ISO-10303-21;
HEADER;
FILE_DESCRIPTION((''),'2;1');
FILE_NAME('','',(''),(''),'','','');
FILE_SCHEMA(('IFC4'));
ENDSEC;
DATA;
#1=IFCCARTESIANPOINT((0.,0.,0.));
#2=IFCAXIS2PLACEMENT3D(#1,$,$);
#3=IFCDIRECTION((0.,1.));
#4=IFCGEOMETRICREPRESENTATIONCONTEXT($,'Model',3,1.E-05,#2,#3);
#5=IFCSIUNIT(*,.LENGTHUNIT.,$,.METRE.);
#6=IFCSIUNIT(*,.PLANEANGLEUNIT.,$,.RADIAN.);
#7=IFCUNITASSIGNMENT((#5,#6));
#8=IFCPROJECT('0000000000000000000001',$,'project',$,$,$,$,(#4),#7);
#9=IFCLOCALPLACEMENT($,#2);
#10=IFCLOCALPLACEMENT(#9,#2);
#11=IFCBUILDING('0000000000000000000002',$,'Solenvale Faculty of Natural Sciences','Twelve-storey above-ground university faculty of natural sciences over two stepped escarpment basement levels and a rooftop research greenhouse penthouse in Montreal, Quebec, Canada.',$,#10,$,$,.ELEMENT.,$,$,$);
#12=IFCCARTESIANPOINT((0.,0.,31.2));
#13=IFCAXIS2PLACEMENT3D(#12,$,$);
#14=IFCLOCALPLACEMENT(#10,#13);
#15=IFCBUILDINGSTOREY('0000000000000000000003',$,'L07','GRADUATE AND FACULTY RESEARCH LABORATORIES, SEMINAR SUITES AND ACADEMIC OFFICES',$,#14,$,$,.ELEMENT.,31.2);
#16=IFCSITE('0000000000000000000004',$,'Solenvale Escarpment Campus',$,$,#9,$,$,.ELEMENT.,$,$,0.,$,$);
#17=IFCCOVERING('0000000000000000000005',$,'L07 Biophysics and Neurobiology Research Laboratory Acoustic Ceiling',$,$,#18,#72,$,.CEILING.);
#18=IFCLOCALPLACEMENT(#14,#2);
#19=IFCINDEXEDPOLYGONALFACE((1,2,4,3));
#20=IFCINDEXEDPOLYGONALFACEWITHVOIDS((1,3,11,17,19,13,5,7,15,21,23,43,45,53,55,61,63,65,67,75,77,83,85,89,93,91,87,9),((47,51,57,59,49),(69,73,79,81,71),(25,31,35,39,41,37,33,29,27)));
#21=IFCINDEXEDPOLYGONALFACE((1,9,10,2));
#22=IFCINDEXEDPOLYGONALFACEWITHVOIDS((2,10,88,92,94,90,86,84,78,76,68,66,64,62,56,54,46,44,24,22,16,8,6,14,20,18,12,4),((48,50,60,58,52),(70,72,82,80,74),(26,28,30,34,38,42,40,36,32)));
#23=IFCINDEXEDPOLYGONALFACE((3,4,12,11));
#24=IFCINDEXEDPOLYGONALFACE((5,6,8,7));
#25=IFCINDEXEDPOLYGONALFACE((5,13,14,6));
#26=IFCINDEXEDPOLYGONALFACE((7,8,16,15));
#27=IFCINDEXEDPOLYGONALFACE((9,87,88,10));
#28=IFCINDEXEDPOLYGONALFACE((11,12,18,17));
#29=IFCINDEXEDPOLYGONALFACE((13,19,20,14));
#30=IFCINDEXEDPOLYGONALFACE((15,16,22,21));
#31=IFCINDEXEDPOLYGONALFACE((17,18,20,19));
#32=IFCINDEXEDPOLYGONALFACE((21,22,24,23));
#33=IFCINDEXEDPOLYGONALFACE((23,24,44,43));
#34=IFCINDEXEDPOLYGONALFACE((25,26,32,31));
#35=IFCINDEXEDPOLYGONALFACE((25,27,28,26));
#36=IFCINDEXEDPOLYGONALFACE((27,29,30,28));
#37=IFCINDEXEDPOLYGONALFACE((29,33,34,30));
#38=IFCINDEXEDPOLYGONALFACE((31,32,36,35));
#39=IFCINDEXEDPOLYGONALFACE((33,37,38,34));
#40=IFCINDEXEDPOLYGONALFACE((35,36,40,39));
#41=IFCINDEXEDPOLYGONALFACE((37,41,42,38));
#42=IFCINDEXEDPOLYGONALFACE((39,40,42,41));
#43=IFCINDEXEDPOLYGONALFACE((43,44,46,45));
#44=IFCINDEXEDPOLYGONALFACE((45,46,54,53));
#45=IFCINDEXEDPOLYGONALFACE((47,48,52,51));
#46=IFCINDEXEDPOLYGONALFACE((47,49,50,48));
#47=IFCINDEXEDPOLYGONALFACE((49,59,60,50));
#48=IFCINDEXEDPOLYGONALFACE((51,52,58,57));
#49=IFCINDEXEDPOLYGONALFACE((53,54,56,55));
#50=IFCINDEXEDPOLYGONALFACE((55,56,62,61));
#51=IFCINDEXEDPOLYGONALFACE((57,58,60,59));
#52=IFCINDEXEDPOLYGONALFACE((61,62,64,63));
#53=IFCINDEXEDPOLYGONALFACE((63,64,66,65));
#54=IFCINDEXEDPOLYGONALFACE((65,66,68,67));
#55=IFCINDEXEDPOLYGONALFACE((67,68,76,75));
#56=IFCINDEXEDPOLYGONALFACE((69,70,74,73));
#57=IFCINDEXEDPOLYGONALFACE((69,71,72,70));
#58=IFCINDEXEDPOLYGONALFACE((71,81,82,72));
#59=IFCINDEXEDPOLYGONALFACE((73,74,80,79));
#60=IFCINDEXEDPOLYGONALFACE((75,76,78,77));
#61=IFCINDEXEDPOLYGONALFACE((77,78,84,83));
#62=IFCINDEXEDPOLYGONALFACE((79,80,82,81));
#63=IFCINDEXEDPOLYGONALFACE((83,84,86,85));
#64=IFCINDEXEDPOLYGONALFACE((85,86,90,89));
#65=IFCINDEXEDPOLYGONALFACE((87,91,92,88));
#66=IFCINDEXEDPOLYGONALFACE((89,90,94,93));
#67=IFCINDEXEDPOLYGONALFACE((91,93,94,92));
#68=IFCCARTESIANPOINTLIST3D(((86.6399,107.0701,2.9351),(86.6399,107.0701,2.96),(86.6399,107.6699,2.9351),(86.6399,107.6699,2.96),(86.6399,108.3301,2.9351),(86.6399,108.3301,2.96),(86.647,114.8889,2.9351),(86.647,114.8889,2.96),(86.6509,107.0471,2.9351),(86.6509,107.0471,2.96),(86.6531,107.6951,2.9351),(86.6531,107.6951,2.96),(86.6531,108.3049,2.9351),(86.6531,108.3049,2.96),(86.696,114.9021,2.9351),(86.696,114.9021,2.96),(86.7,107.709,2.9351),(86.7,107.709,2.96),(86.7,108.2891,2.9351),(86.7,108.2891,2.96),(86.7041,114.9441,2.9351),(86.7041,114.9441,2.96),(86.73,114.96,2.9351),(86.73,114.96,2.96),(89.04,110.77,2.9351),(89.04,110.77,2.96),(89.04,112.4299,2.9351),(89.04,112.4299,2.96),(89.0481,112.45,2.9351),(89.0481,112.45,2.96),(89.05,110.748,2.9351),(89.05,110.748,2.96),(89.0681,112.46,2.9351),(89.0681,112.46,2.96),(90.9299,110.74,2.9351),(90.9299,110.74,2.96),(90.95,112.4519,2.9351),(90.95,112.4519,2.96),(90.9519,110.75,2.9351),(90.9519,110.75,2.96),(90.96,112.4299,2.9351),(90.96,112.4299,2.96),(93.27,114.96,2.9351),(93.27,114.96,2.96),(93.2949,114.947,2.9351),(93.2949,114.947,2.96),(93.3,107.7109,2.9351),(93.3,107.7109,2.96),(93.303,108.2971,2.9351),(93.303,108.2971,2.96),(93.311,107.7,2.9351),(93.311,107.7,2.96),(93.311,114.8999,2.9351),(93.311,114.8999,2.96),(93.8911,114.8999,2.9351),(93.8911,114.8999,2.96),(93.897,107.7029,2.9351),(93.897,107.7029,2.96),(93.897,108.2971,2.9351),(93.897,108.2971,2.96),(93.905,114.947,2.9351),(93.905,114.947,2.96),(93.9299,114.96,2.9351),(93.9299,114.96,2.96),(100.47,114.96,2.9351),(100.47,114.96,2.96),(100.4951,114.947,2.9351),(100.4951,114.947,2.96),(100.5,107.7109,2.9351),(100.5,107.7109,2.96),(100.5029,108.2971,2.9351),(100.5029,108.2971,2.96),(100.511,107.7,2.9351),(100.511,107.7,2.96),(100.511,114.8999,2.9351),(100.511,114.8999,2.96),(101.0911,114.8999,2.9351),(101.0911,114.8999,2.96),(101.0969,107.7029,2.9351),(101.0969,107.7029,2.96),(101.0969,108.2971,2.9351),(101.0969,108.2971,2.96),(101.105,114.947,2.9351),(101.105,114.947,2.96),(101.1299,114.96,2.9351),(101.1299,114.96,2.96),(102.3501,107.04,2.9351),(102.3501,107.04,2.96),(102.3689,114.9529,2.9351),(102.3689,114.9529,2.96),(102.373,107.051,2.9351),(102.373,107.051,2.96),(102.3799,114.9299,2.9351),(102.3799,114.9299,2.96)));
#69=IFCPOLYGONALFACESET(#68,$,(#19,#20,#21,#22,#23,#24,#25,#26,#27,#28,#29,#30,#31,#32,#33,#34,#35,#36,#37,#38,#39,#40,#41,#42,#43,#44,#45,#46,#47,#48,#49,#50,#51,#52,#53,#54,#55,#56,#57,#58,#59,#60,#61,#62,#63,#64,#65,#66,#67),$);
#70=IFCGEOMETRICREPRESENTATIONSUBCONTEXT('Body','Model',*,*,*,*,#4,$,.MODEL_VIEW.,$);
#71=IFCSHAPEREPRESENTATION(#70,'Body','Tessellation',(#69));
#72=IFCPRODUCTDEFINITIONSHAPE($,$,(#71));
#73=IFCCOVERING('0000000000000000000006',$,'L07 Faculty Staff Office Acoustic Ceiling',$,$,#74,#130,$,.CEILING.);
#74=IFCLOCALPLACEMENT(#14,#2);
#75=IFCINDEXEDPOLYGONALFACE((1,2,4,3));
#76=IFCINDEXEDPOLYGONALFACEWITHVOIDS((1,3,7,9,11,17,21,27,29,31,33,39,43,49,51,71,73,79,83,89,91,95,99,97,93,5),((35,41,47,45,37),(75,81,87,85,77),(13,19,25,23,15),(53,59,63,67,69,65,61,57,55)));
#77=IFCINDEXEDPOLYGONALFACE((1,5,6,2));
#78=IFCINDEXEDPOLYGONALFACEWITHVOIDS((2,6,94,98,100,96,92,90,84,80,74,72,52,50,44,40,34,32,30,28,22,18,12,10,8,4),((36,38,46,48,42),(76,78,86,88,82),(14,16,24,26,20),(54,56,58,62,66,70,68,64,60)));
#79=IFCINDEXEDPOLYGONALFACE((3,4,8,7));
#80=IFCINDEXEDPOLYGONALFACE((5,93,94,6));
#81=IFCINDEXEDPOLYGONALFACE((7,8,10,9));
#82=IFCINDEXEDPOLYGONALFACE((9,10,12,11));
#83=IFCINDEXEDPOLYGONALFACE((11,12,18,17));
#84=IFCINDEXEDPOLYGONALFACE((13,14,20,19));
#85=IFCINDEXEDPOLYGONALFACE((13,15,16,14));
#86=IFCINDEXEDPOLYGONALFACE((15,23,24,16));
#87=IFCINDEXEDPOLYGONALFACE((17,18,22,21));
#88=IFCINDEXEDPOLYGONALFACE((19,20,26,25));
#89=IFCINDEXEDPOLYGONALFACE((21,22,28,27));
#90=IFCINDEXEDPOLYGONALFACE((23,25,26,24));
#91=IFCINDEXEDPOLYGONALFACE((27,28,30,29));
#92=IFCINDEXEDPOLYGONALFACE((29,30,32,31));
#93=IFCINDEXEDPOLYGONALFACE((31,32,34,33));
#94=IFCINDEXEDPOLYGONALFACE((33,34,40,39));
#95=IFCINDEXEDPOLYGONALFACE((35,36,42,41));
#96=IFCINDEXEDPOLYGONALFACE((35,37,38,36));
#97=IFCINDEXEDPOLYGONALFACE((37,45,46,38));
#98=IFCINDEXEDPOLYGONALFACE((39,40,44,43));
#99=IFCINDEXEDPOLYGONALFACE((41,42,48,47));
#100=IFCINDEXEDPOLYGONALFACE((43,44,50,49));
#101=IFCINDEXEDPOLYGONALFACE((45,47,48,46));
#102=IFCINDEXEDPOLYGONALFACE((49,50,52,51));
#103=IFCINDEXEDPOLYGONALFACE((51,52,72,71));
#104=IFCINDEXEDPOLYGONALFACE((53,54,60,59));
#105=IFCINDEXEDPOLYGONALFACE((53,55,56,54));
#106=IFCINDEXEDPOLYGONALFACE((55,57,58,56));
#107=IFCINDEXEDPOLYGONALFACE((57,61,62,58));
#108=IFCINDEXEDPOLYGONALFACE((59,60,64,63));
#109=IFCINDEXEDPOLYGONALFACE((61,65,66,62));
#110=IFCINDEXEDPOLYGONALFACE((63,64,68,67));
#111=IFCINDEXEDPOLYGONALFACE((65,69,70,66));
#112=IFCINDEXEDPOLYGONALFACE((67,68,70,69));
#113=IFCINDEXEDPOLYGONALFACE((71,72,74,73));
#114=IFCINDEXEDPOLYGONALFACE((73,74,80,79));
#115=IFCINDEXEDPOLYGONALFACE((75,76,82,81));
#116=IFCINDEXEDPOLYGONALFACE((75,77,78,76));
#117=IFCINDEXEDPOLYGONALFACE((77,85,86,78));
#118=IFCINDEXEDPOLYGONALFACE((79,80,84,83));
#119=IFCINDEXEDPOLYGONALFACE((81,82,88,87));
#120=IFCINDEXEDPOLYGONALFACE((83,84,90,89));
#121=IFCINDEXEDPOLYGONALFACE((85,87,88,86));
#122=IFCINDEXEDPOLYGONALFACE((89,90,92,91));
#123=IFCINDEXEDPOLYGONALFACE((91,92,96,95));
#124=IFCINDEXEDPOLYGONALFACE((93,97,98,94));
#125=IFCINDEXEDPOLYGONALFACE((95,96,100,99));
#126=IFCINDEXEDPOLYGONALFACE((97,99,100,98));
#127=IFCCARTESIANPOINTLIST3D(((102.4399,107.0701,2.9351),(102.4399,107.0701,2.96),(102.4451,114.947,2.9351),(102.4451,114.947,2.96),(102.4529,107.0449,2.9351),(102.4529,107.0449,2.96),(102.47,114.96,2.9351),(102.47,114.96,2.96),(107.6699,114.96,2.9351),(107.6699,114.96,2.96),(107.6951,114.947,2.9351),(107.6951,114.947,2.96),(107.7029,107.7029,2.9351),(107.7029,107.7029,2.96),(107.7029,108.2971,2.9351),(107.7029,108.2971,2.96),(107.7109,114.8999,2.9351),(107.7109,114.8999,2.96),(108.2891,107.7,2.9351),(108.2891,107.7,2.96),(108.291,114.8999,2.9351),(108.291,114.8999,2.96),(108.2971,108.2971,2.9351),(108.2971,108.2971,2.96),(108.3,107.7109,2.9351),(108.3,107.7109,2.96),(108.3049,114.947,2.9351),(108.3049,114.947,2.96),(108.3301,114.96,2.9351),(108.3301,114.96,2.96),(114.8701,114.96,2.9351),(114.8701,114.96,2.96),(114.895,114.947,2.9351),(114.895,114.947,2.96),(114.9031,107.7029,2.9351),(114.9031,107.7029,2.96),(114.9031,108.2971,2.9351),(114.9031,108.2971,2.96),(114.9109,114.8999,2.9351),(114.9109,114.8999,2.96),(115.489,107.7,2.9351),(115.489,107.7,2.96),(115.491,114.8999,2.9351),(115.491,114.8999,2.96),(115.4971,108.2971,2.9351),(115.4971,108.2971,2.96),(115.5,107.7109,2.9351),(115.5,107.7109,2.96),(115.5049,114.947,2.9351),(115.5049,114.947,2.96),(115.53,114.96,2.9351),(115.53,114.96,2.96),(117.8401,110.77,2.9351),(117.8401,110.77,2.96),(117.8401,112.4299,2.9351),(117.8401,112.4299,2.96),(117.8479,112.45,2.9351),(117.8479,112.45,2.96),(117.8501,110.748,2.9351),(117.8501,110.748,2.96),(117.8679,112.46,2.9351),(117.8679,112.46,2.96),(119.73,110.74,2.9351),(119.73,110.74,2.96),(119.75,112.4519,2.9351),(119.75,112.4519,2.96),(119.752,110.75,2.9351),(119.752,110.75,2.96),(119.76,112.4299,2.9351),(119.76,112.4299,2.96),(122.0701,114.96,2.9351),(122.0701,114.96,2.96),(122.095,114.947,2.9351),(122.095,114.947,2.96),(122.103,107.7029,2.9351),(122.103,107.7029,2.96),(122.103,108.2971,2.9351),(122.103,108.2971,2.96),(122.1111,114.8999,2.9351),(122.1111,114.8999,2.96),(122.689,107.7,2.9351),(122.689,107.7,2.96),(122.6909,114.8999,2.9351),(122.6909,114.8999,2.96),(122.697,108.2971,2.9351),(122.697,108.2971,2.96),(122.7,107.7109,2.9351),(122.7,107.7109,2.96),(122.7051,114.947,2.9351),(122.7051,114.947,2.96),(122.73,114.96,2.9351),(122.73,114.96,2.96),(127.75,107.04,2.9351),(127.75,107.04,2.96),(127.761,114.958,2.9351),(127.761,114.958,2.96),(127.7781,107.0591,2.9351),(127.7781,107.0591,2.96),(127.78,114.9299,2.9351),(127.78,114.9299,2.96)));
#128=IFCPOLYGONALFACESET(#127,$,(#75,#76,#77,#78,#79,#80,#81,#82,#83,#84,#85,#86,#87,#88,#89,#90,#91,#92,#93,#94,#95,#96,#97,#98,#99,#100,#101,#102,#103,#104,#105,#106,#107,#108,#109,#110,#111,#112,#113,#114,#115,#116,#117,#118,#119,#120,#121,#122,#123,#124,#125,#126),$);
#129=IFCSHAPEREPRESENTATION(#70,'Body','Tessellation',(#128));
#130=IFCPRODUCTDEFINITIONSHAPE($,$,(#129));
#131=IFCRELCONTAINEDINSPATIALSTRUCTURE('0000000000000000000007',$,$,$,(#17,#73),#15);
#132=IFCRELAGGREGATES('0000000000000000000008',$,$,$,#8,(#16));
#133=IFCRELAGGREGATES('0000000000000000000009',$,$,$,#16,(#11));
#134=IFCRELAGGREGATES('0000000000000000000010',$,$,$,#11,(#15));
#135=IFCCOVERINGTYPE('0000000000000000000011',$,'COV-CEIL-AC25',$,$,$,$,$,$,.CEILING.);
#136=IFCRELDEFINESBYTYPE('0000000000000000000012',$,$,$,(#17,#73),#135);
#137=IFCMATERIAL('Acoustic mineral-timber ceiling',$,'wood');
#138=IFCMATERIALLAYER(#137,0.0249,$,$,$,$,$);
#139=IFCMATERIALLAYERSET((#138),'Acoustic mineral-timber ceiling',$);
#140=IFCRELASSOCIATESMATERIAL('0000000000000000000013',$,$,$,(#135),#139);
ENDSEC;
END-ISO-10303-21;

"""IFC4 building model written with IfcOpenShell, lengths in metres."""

from ifc_helpers import new_model, si_unit, direction, frame, origin, place, context, subcontext, project, spatial, polyline, outline, extrude, material, layer, layer_set, type_object, element, save


model = new_model("IFC4")

# Units and contexts
model_context = context("Model", 3, precision=1e-05, world=origin(), true_north=direction((0.0, 1.0)))
body_context = subcontext(model_context, "Body", "Model", "MODEL_VIEW")
ifc_project = project(units=[si_unit("LENGTHUNIT", "METRE"), si_unit("PLANEANGLEUNIT", "RADIAN")], contexts=[model_context])

# Site, building, storey
site_placement = place(None, origin())
site = spatial("IfcSite", under=ifc_project, at=site_placement, Name="Solenvale Escarpment Campus", CompositionType="ELEMENT", RefElevation=0.0)
building_placement = place(site_placement, origin())
building = spatial("IfcBuilding", under=site, at=building_placement, Name="Solenvale Faculty of Natural Sciences", Description="Twelve-storey above-ground university faculty of natural sciences over two stepped escarpment basement levels and a rooftop research greenhouse penthouse in Montreal, Quebec, Canada.", CompositionType="ELEMENT")
storey_placement = place(building_placement, frame((0.0, 0.0, 31.2)))
storey = spatial("IfcBuildingStorey", under=building, at=storey_placement, Name="L07", Description="GRADUATE AND FACULTY RESEARCH LABORATORIES, SEMINAR SUITES AND ACADEMIC OFFICES", CompositionType="ELEMENT", Elevation=31.2)

# Coverings
ifc_material_1 = material(Name="Acoustic mineral-timber ceiling", Category="wood")
ifc_layer_1 = layer(ifc_material_1, 0.0249)
ifc_layer_set_1 = layer_set([ifc_layer_1], Name="Acoustic mineral-timber ceiling")
covering_type_1 = type_object("IfcCoveringType", Name="COV-CEIL-AC25", PredefinedType="CEILING", material=ifc_layer_set_1)
covering_1_placement = place(storey_placement, frame((0.0, 0.0, 2.9351)))
element("IfcCovering", 1, at=covering_1_placement, inside=storey, type_object=covering_type_1, Name="L07 Biophysics and Neurobiology Research Laboratory Acoustic Ceiling", PredefinedType="CEILING", context=body_context, shape_type="SweptSolid", body=[
    extrude(outline(polyline([(93.27, 114.96), (93.2949, 114.947), (93.311, 114.8999), (93.8911, 114.8999), (93.905, 114.947), (93.9299, 114.96), (100.47, 114.96), (100.4951, 114.947), (100.511, 114.8999), (101.0911, 114.8999), (101.105, 114.947), (101.1299, 114.96), (102.3689, 114.9529), (102.3799, 114.9299), (102.373, 107.051), (102.3501, 107.04), (86.6509, 107.0471), (86.6399, 107.0701), (86.6399, 107.6699), (86.6531, 107.6951), (86.7, 107.709), (86.7, 108.2891), (86.6531, 108.3049), (86.6399, 108.3301), (86.647, 114.8889), (86.696, 114.9021), (86.7041, 114.9441), (86.73, 114.96), (93.27, 114.96)]), holes=[polyline([(100.5, 107.7109), (100.511, 107.7), (101.0969, 107.7029), (101.0969, 108.2971), (100.5029, 108.2971), (100.5, 107.7109)]), polyline([(93.3, 107.7109), (93.311, 107.7), (93.897, 107.7029), (93.897, 108.2971), (93.303, 108.2971), (93.3, 107.7109)]), polyline([(89.0681, 112.46), (89.0481, 112.45), (89.04, 112.4299), (89.04, 110.77), (89.05, 110.748), (90.9299, 110.74), (90.9519, 110.75), (90.96, 112.4299), (90.95, 112.4519), (89.0681, 112.46)])]), origin(), (0.0, 0.0, 1.0), 0.0249),
])
covering_2_placement = place(storey_placement, frame((0.0, 0.0, 2.9351)))
element("IfcCovering", 2, at=covering_2_placement, inside=storey, type_object=covering_type_1, Name="L07 Faculty Staff Office Acoustic Ceiling", PredefinedType="CEILING", context=body_context, shape_type="SweptSolid", body=[
    extrude(outline(polyline([(107.6699, 114.96), (107.6951, 114.947), (107.7109, 114.8999), (108.291, 114.8999), (108.3049, 114.947), (108.3301, 114.96), (114.8701, 114.96), (114.895, 114.947), (114.9109, 114.8999), (115.491, 114.8999), (115.5049, 114.947), (115.53, 114.96), (122.0701, 114.96), (122.095, 114.947), (122.1111, 114.8999), (122.6909, 114.8999), (122.7051, 114.947), (122.73, 114.96), (127.761, 114.958), (127.78, 114.9299), (127.7781, 107.0591), (127.75, 107.04), (102.4529, 107.0449), (102.4399, 107.0701), (102.4451, 114.947), (102.47, 114.96), (107.6699, 114.96)]), holes=[polyline([(122.689, 107.7), (122.7, 107.7109), (122.697, 108.2971), (122.103, 108.2971), (122.103, 107.7029), (122.689, 107.7)]), polyline([(117.8679, 112.46), (117.8479, 112.45), (117.8401, 112.4299), (117.8401, 110.77), (117.8501, 110.748), (119.73, 110.74), (119.752, 110.75), (119.76, 112.4299), (119.75, 112.4519), (117.8679, 112.46)]), polyline([(115.489, 107.7), (115.5, 107.7109), (115.4971, 108.2971), (114.9031, 108.2971), (114.9031, 107.7029), (115.489, 107.7)]), polyline([(108.2891, 107.7), (108.3, 107.7109), (108.2971, 108.2971), (107.7029, 108.2971), (107.7029, 107.7029), (108.2891, 107.7)])]), origin(), (0.0, 0.0, 1.0), 0.0249),
])

save(model, "model.ifc")
